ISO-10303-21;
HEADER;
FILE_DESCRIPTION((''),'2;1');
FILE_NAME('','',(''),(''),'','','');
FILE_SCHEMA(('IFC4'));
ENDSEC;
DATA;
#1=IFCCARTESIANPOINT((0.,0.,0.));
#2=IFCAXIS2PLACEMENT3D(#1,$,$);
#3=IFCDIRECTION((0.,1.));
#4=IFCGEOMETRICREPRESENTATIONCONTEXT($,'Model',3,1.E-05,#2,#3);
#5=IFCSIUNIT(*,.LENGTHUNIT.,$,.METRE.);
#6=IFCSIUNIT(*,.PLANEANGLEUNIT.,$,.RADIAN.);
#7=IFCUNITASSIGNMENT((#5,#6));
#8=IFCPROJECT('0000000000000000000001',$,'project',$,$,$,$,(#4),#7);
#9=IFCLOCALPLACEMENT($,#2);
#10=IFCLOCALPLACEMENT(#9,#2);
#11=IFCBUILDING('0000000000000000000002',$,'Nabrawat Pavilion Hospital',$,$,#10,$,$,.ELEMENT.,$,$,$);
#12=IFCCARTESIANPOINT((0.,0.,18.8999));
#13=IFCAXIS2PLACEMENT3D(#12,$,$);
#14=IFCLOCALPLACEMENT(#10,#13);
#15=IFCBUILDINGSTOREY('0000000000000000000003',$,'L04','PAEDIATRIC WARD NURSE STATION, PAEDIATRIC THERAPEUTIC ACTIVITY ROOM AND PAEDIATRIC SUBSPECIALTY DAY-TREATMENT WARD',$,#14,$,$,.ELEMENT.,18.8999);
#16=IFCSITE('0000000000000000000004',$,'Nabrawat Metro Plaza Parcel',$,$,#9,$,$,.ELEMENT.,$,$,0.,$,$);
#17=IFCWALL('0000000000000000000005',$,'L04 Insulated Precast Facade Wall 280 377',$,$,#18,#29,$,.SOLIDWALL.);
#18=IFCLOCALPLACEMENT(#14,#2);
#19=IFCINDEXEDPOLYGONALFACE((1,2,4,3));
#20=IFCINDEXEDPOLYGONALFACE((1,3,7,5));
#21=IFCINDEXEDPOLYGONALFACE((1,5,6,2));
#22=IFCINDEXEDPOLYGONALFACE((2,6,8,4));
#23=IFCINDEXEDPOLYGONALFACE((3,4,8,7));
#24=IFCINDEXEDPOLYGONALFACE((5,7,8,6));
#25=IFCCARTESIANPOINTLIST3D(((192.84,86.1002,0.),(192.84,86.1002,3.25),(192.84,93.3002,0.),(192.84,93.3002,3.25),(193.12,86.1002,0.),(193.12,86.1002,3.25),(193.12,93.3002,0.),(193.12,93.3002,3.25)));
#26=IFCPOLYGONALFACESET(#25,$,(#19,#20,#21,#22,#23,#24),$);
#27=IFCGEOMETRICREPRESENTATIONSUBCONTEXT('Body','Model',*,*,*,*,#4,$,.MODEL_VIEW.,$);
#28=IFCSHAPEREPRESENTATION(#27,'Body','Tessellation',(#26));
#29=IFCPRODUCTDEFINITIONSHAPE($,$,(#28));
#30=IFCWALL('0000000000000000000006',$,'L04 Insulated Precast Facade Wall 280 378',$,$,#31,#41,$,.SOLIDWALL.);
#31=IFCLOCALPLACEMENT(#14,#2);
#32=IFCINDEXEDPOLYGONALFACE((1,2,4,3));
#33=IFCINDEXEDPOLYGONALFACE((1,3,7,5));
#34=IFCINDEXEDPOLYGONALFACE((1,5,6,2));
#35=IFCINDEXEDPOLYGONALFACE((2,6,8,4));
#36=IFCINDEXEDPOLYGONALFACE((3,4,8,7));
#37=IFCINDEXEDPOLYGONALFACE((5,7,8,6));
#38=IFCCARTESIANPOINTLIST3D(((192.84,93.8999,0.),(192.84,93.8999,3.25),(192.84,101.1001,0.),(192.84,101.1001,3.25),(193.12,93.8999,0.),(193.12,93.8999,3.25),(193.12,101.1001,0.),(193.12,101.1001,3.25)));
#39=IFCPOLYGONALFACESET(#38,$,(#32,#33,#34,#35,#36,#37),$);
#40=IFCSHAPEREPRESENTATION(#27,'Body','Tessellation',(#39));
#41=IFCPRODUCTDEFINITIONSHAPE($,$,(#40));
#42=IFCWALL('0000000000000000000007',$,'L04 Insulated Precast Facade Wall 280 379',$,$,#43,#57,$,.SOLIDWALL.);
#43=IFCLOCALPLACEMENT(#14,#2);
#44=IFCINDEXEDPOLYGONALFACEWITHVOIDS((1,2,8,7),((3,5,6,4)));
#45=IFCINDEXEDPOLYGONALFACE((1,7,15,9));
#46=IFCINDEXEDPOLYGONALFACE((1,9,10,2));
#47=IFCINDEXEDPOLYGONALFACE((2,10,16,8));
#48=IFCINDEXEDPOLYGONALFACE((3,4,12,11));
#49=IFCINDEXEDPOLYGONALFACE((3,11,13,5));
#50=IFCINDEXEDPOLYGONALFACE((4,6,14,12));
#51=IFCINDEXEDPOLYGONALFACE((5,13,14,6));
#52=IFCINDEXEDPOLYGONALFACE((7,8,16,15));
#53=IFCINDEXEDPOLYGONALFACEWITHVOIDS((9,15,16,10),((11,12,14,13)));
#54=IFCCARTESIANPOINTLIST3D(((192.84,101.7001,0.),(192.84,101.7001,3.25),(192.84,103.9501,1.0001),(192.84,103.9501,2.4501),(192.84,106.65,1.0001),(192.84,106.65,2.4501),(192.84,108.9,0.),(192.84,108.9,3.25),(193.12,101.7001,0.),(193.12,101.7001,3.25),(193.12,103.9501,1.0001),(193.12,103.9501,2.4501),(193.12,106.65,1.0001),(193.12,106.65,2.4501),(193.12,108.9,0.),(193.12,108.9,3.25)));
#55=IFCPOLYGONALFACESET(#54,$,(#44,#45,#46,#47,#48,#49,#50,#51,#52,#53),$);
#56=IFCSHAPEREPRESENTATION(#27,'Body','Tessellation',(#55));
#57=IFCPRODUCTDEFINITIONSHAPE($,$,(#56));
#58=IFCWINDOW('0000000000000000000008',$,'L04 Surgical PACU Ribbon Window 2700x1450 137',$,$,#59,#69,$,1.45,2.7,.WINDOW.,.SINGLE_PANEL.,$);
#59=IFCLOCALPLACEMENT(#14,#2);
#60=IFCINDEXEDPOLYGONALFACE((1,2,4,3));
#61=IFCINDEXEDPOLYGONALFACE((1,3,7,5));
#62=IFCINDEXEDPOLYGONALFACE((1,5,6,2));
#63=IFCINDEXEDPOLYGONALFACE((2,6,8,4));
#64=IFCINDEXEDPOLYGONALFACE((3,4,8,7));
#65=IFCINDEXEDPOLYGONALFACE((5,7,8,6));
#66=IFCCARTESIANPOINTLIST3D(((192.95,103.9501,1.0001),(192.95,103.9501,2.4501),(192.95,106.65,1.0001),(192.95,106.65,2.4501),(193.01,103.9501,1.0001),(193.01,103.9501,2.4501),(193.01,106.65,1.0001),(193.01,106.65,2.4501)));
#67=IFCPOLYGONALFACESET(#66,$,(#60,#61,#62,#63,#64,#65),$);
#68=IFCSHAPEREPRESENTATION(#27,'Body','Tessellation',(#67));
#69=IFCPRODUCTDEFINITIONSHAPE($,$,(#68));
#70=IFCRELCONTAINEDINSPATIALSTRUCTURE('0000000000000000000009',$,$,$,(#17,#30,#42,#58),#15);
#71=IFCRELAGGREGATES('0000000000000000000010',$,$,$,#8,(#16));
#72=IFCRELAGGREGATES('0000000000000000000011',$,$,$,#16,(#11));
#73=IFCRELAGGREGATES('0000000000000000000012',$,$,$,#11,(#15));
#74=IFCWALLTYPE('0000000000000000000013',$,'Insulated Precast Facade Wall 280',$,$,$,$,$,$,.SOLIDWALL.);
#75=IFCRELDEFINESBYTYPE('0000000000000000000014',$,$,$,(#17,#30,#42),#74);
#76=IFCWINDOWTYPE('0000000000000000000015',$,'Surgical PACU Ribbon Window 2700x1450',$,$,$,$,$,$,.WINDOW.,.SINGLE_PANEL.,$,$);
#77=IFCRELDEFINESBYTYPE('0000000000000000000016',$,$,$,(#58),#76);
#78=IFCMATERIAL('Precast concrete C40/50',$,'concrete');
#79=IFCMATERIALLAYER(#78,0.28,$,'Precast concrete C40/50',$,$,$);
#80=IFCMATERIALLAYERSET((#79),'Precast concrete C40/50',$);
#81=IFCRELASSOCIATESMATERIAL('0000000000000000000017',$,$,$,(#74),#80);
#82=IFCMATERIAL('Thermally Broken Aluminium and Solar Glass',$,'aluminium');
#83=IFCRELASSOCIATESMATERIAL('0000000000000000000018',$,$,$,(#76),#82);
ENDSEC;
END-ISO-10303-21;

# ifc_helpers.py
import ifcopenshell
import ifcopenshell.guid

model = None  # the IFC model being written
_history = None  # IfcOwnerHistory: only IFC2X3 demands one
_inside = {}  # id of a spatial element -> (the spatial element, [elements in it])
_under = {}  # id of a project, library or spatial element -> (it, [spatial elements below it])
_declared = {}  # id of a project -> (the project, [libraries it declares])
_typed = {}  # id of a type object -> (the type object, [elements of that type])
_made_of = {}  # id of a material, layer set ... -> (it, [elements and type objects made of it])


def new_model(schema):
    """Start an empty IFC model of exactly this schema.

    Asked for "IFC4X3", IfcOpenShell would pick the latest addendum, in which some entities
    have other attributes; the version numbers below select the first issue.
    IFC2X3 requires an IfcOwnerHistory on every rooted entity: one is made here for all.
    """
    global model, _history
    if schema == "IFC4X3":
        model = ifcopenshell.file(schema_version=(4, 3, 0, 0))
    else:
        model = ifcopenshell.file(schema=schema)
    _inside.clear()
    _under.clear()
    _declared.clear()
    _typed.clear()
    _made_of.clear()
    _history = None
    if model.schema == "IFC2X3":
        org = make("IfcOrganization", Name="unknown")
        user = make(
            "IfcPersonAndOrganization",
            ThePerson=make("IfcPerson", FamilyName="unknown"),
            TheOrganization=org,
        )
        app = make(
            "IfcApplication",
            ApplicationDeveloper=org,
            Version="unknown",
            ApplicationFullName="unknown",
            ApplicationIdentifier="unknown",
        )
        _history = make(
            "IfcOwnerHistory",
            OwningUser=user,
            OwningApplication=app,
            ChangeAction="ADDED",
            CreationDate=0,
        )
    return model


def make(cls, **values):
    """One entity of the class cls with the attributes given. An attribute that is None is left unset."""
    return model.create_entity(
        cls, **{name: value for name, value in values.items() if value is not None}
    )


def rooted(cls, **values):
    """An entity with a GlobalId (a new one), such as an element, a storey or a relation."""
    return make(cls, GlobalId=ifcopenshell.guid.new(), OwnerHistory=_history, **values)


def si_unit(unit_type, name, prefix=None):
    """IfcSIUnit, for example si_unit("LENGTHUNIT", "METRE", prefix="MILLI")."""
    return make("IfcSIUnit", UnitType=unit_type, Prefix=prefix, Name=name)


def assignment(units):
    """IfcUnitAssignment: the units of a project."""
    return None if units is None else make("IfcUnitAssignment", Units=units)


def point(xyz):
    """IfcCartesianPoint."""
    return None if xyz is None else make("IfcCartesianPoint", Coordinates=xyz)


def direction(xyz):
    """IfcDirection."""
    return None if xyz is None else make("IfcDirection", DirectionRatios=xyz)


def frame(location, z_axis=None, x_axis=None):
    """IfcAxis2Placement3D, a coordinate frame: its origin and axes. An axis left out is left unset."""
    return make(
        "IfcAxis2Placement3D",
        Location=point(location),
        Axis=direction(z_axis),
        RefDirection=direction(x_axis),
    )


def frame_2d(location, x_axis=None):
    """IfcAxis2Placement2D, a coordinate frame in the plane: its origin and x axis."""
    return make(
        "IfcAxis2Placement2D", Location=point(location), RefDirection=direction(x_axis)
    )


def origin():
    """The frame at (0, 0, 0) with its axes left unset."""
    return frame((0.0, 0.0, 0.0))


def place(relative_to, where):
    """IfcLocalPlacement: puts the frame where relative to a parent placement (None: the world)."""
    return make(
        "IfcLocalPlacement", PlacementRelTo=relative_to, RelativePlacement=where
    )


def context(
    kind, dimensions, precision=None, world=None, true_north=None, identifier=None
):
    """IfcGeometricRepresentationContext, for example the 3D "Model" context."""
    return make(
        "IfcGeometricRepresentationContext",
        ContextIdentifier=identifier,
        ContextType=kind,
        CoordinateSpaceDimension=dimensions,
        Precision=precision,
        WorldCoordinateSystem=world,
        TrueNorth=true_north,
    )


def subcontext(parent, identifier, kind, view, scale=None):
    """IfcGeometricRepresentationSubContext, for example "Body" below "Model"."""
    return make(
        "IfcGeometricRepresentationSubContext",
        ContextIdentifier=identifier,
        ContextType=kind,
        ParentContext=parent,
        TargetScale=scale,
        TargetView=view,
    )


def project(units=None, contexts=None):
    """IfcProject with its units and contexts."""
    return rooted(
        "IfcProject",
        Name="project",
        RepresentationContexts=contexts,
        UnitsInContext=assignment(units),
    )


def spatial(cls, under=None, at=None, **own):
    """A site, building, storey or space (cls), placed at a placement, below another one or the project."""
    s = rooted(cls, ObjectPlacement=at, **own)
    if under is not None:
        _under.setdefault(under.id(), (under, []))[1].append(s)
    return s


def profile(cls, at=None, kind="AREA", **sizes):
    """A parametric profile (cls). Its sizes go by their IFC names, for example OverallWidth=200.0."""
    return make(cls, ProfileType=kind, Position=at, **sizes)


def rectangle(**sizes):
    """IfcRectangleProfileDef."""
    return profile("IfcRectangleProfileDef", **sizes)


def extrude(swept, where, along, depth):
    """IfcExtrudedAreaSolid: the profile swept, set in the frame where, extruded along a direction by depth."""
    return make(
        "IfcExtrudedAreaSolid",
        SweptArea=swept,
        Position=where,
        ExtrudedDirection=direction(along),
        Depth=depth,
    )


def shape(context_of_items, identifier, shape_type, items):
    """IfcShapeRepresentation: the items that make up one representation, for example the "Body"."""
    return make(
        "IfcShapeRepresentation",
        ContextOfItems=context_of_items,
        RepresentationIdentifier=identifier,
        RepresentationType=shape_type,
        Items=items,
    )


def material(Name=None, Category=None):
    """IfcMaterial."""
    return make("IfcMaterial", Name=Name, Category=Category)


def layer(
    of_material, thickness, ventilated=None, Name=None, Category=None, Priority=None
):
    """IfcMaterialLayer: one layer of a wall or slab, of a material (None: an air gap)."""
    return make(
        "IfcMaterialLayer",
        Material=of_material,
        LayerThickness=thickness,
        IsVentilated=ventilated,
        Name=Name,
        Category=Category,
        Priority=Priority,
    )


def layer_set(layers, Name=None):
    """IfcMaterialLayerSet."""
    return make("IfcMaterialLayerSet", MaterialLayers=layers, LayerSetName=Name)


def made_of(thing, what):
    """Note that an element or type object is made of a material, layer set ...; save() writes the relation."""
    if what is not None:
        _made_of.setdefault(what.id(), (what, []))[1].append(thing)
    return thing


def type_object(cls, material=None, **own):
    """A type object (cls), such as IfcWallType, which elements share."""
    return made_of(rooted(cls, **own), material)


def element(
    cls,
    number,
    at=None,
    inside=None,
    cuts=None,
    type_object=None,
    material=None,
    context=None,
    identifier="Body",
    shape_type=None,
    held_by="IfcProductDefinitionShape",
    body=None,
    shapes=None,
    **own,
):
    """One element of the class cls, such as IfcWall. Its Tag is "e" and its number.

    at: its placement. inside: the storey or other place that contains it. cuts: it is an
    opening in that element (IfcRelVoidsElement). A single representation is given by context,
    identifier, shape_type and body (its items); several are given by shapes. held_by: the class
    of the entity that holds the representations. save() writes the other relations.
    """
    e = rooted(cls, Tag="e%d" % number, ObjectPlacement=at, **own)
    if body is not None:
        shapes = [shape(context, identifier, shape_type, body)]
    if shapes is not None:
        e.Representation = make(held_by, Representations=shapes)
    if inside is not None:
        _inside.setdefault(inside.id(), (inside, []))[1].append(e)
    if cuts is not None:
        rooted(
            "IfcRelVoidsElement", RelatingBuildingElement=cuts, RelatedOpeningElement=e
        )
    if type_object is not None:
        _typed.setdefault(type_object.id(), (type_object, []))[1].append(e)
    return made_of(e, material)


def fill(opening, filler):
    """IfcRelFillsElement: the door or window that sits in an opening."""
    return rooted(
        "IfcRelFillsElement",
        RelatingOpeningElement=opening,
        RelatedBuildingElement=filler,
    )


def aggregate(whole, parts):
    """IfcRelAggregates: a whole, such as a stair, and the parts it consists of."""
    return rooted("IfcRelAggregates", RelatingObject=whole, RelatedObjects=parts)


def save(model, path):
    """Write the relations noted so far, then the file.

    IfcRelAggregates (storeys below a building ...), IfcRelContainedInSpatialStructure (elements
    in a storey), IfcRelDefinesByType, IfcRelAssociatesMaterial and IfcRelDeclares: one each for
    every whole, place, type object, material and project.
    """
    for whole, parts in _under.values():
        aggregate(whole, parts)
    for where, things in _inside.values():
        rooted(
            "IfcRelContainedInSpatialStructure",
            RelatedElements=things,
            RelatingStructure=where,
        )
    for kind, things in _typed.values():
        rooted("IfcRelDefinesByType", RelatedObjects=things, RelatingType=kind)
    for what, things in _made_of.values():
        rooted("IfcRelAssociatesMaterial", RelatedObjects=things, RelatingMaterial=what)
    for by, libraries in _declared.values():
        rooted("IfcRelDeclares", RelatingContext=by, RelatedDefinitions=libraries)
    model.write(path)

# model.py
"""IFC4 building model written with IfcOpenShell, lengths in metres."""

from ifc_helpers import new_model, si_unit, direction, frame, frame_2d, origin, place, context, subcontext, project, spatial, rectangle, extrude, material, layer, layer_set, type_object, element, fill, save


model = new_model("IFC4")

# Units and contexts
model_context = context("Model", 3, precision=1e-05, world=origin(), true_north=direction((0.0, 1.0)))
body_context = subcontext(model_context, "Body", "Model", "MODEL_VIEW")
ifc_project = project(units=[si_unit("LENGTHUNIT", "METRE"), si_unit("PLANEANGLEUNIT", "RADIAN")], contexts=[model_context])

# Site, building, storey
site_placement = place(None, origin())
site = spatial("IfcSite", under=ifc_project, at=site_placement, Name="Nabrawat Metro Plaza Parcel", CompositionType="ELEMENT", RefElevation=0.0)
building_placement = place(site_placement, origin())
building = spatial("IfcBuilding", under=site, at=building_placement, Name="Nabrawat Pavilion Hospital", CompositionType="ELEMENT")
storey_placement = place(building_placement, frame((0.0, 0.0, 18.8999)))
storey = spatial("IfcBuildingStorey", under=building, at=storey_placement, Name="L04", Description="PAEDIATRIC WARD NURSE STATION, PAEDIATRIC THERAPEUTIC ACTIVITY ROOM AND PAEDIATRIC SUBSPECIALTY DAY-TREATMENT WARD", CompositionType="ELEMENT", Elevation=18.8999)

# Walls
ifc_material_1 = material(Name="Precast concrete C40/50", Category="concrete")
ifc_layer_1 = layer(ifc_material_1, 0.28, Name="Precast concrete C40/50")
ifc_layer_set_1 = layer_set([ifc_layer_1], Name="Precast concrete C40/50")
wall_type_1 = type_object("IfcWallType", Name="Insulated Precast Facade Wall 280", PredefinedType="SOLIDWALL", material=ifc_layer_set_1)
for number, where, z_axis, x_axis, name in (
    (1, (192.98, 86.1001, 0.0), (0.0, 0.0, 1.0), (0.0, 1.0, 0.0), "L04 Insulated Precast Facade Wall 280 377"),
):
    element("IfcWall", number, at=place(storey_placement, frame(where, z_axis=z_axis, x_axis=x_axis)), inside=storey, type_object=wall_type_1, Name=name, PredefinedType="SOLIDWALL", context=body_context, shape_type="SweptSolid", body=[
        extrude(rectangle(XDim=7.2, YDim=0.28, at=frame_2d((3.6001, 0.0))), origin(), (0.0, 0.0, 1.0), 3.25),
    ])
wall_1_placement = place(storey_placement, frame((192.98, 93.8999, 0.0), z_axis=(0.0, 0.0, 1.0), x_axis=(0.0, 1.0, 0.0)))
element("IfcWall", 2, at=wall_1_placement, inside=storey, type_object=wall_type_1, Name="L04 Insulated Precast Facade Wall 280 378", PredefinedType="SOLIDWALL", context=body_context, shape_type="SweptSolid", body=[
    extrude(rectangle(XDim=7.2002, YDim=0.28, at=frame_2d((3.6001, 0.0))), origin(), (0.0, 0.0, 1.0), 3.25),
])

# Wall, opening, window
wall_2_placement = place(storey_placement, frame((192.98, 101.7, 0.0), z_axis=(0.0, 0.0, 1.0), x_axis=(0.0, 1.0, 0.0)))
wall_2 = element("IfcWall", 3, at=wall_2_placement, inside=storey, type_object=wall_type_1, Name="L04 Insulated Precast Facade Wall 280 379", PredefinedType="SOLIDWALL", context=body_context, shape_type="SweptSolid", body=[
    extrude(rectangle(XDim=7.2, YDim=0.28, at=frame_2d((3.6001, 0.0))), origin(), (0.0, 0.0, 1.0), 3.25),
])
opening_1_placement = place(wall_2_placement, frame((2.25, 0.0, 1.0)))
opening_1 = element("IfcOpeningElement", 4, at=opening_1_placement, cuts=wall_2, PredefinedType="OPENING", context=body_context, shape_type="SweptSolid", body=[
    extrude(rectangle(XDim=2.7, YDim=1.45, at=frame_2d((1.3501, 0.7251))), frame((0.0, 0.1499, 0.0), z_axis=(0.0, -1.0, 0.0), x_axis=(1.0, 0.0, 0.0)), (0.0, 0.0, 1.0), 0.3),
])
ifc_material_2 = material(Name="Thermally Broken Aluminium and Solar Glass", Category="aluminium")
window_type = type_object("IfcWindowType", Name="Surgical PACU Ribbon Window 2700x1450", PartitioningType="SINGLE_PANEL", PredefinedType="WINDOW", material=ifc_material_2)
window_placement = place(opening_1_placement, origin())
window = element("IfcWindow", 5, at=window_placement, inside=storey, type_object=window_type, Name="L04 Surgical PACU Ribbon Window 2700x1450 137", OverallHeight=1.45, OverallWidth=2.7, PartitioningType="SINGLE_PANEL", PredefinedType="WINDOW", context=body_context, shape_type="SweptSolid", body=[
    extrude(rectangle(XDim=2.7, YDim=1.45, at=frame_2d((1.3501, 0.7251))), frame((0.0, 0.03, 0.0), z_axis=(0.0, -1.0, 0.0), x_axis=(1.0, 0.0, 0.0)), (0.0, 0.0, 1.0), 0.0601),
])
fill(opening_1, window)

save(model, "model.ifc")
